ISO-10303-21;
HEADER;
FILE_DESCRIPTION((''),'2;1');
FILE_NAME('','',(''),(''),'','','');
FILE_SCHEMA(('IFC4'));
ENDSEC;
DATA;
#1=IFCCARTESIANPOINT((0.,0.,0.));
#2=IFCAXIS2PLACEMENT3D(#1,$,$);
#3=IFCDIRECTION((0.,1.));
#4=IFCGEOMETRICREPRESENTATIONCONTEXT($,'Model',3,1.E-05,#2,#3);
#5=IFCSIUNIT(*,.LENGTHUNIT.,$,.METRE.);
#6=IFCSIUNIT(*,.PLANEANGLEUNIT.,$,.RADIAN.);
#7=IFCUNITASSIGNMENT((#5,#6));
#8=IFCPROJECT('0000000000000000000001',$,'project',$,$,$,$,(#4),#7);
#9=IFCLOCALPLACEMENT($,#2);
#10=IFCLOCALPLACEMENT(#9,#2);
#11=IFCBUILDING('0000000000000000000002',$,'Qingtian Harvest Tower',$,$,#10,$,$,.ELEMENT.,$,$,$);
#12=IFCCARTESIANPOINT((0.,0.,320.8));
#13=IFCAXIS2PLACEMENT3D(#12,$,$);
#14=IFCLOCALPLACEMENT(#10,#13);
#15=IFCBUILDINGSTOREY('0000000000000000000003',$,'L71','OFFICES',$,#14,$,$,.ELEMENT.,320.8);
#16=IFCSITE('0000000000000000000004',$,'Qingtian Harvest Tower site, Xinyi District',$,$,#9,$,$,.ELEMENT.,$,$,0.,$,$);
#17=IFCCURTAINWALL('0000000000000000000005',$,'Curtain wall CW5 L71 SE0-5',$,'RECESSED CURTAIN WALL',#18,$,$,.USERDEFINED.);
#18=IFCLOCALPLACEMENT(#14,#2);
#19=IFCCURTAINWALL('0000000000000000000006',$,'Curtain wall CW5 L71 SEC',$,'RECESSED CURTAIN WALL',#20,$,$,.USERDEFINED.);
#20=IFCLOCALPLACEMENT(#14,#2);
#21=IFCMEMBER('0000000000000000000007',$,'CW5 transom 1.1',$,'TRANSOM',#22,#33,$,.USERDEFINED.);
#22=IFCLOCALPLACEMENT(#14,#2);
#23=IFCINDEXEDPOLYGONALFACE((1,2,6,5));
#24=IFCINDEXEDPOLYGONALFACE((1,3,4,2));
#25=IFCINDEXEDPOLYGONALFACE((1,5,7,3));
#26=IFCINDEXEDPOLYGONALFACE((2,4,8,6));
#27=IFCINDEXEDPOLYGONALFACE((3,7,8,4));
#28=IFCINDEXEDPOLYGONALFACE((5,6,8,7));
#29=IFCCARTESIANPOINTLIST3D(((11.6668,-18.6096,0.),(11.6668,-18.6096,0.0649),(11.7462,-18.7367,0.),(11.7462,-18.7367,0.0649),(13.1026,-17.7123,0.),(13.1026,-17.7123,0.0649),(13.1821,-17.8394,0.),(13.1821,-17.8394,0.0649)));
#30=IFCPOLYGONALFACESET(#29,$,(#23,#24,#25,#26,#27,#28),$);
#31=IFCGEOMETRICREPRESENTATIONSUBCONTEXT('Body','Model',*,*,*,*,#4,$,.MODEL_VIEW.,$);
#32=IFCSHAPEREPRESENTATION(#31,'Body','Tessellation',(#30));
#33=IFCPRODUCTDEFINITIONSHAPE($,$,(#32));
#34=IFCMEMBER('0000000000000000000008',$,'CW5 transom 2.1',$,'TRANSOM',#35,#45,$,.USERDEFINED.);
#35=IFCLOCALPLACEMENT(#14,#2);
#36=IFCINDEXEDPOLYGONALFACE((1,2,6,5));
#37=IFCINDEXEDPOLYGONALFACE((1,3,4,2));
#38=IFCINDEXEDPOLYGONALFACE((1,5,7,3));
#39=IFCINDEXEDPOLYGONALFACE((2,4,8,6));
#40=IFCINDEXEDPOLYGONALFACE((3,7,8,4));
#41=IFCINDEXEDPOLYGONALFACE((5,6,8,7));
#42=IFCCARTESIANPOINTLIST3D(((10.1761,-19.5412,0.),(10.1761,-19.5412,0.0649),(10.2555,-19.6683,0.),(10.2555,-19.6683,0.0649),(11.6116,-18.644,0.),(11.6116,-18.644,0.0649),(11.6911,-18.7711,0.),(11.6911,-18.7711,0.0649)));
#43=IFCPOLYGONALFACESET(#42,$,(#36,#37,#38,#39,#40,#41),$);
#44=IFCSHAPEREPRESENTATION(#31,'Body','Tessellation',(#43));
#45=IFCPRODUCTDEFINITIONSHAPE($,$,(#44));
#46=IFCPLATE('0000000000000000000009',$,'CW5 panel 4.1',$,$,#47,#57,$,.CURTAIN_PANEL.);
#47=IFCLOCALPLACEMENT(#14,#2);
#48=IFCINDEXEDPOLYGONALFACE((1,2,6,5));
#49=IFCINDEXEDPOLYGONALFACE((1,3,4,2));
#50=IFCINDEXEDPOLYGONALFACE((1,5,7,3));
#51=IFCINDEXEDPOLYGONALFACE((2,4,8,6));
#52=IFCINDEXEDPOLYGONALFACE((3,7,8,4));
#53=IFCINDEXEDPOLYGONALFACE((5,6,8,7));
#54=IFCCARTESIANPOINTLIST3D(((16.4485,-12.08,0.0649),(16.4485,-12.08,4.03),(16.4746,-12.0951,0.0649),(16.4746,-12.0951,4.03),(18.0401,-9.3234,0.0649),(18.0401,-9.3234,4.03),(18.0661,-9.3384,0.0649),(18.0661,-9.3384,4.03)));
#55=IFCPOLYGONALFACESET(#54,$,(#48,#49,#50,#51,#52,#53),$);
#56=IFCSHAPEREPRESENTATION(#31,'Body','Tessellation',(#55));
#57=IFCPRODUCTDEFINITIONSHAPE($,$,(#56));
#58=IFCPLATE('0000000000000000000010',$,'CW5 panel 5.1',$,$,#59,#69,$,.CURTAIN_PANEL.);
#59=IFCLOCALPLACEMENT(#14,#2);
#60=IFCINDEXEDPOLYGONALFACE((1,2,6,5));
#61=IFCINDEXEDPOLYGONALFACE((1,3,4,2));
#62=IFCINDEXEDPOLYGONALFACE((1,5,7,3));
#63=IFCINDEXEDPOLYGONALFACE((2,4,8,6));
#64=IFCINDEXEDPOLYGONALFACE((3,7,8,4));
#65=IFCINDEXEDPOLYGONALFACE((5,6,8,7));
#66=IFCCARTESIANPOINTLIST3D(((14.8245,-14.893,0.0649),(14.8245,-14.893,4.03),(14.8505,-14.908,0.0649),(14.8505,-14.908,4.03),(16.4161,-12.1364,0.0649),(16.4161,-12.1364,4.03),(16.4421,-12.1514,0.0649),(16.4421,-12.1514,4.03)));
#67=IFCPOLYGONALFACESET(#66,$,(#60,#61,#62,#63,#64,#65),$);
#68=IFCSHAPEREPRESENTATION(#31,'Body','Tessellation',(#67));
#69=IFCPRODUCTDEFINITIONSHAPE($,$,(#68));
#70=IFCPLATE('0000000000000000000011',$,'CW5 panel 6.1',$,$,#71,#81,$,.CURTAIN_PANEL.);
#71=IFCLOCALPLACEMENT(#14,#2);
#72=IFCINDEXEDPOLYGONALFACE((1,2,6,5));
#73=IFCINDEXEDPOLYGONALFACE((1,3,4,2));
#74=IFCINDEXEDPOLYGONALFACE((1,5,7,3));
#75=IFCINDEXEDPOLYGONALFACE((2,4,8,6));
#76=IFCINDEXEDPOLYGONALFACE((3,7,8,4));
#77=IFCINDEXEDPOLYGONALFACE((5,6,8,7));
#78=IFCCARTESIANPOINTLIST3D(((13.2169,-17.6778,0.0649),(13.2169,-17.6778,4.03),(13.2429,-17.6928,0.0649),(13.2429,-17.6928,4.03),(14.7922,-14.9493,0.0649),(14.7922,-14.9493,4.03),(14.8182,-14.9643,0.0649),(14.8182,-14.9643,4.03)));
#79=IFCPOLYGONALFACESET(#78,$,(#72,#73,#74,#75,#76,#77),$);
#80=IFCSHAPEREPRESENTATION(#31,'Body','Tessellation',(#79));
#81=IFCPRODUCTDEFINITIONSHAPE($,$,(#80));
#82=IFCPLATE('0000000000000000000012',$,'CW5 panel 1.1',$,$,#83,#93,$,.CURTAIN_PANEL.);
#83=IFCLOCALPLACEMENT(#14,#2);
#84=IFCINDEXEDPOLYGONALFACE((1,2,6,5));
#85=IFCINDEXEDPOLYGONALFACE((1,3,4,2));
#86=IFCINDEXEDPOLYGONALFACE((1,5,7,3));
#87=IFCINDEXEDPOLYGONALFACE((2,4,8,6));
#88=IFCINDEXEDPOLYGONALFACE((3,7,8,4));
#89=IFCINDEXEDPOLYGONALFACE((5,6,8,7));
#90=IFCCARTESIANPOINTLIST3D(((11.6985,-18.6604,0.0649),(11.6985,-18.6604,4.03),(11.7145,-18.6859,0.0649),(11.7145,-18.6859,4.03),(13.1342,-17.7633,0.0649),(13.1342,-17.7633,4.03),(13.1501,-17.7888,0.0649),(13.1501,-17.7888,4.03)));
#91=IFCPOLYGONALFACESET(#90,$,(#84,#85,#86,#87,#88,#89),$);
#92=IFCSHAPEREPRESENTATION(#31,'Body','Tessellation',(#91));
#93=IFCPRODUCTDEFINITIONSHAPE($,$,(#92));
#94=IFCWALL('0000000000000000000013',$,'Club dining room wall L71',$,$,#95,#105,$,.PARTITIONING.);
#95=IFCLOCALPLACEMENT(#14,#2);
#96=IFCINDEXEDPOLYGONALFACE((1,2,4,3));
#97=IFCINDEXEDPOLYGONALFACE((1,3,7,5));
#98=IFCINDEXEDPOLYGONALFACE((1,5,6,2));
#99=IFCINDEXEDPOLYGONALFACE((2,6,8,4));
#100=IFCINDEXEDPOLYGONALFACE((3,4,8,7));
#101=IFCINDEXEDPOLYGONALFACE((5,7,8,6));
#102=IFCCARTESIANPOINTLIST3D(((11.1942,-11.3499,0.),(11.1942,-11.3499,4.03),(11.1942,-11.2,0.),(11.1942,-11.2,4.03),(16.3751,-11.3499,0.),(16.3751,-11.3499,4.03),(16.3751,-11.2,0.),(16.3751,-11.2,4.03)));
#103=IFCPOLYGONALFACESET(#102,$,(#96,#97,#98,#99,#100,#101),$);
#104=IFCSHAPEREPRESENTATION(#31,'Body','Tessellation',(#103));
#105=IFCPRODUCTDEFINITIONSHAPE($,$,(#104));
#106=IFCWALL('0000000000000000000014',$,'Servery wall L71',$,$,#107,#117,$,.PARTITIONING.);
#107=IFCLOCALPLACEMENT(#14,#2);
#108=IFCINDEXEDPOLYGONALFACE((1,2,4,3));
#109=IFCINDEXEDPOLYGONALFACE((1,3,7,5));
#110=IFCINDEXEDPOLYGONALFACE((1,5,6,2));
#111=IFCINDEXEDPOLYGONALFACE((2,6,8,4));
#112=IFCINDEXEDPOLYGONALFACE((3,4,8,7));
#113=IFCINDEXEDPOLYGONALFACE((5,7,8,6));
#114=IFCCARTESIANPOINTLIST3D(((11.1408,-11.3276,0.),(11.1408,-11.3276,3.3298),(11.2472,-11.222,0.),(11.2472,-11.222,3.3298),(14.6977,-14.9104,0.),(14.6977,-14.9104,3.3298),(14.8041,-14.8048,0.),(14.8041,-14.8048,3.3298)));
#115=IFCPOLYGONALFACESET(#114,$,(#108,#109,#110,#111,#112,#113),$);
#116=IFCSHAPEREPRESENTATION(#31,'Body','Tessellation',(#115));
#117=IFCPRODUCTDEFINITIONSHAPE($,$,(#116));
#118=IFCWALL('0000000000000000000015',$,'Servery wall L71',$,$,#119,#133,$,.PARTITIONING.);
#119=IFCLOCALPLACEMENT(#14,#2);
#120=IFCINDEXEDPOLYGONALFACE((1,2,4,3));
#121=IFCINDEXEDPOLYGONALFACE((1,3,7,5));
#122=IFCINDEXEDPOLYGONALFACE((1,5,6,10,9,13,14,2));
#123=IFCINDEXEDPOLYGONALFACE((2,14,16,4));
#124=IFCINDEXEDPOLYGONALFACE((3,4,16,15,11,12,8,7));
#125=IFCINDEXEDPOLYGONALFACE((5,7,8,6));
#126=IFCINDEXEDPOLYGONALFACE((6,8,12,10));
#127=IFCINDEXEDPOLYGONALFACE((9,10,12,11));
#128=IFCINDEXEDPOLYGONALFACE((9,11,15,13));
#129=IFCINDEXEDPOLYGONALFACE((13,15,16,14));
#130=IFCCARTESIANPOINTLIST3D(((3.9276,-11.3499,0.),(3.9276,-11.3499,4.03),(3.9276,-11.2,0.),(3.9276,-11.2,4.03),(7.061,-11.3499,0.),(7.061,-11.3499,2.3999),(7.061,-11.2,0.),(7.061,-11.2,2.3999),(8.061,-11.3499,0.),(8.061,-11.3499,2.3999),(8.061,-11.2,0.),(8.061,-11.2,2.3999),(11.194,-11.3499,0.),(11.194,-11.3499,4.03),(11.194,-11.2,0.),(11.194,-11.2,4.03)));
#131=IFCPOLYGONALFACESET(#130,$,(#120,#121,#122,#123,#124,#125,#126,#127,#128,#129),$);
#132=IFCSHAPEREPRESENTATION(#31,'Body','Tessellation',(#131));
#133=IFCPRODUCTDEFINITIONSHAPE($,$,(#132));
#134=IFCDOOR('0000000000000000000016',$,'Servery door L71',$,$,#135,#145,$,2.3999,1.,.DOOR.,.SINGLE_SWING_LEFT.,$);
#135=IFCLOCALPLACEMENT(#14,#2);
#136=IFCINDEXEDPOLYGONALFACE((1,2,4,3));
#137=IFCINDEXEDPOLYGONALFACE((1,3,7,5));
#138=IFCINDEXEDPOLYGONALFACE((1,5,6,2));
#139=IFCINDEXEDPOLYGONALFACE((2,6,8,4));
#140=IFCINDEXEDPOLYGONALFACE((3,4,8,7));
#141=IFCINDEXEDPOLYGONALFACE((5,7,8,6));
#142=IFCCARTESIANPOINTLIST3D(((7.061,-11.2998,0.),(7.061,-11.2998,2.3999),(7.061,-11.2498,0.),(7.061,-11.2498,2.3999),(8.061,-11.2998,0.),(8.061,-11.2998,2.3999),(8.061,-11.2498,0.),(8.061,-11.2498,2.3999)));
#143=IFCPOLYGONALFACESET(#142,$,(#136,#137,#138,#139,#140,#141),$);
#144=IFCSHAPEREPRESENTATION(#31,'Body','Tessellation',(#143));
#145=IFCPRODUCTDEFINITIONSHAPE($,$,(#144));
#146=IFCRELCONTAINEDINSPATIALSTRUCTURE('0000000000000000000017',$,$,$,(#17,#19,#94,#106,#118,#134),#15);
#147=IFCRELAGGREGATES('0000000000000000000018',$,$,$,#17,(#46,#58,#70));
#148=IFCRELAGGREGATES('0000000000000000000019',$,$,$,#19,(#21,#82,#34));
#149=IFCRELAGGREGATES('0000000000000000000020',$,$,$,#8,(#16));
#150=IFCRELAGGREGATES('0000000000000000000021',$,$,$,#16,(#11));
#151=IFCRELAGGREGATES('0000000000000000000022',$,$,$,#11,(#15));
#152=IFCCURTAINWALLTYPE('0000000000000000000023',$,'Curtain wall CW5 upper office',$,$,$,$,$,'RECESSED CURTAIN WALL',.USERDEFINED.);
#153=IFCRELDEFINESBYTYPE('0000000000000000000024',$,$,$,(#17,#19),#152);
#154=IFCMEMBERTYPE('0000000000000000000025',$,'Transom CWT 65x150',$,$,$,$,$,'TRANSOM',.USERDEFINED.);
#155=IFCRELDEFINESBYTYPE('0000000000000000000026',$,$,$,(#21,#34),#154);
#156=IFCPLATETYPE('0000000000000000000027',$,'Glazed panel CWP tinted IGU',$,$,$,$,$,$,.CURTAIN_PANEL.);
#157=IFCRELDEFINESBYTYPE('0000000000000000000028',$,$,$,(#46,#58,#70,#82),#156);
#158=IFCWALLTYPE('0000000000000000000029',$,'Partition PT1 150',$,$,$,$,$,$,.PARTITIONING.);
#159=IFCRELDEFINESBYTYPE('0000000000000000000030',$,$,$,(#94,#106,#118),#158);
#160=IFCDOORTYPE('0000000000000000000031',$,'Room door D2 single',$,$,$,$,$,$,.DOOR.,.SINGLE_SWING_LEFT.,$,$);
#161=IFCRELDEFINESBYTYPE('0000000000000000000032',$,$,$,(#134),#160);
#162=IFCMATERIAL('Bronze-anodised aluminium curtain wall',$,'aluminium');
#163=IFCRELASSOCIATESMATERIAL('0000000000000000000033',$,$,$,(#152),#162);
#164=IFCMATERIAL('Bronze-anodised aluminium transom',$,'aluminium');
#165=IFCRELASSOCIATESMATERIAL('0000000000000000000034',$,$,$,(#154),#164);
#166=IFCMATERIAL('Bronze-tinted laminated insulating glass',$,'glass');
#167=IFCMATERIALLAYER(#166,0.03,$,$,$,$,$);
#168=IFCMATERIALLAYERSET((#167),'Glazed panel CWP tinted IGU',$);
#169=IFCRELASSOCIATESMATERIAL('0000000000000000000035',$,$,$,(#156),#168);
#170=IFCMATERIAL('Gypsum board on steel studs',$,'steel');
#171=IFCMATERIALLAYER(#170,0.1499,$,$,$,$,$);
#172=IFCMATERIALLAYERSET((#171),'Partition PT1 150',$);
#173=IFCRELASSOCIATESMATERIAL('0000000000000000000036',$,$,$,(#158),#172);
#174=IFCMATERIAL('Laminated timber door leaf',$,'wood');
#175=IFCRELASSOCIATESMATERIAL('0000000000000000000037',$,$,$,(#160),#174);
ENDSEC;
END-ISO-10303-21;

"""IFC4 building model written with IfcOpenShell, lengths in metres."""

from ifc_helpers import new_model, si_unit, direction, frame, frame_2d, origin, origin_2d, place, context, subcontext, project, spatial, rectangle, extrude, material, layer, layer_set, material_profile, profile_set, type_object, element, fill, aggregate, save


model = new_model("IFC4")

# Units and contexts
model_context = context("Model", 3, precision=1e-05, world=origin(), true_north=direction((0.0, 1.0)))
body_context = subcontext(model_context, "Body", "Model", "MODEL_VIEW")
ifc_project = project(units=[si_unit("LENGTHUNIT", "METRE"), si_unit("PLANEANGLEUNIT", "RADIAN")], contexts=[model_context])

# Site, building, storey
site_placement = place(None, origin())
site = spatial("IfcSite", under=ifc_project, at=site_placement, Name="Qingtian Harvest Tower site, Xinyi District", CompositionType="ELEMENT", RefElevation=0.0)
building_placement = place(site_placement, origin())
building = spatial("IfcBuilding", under=site, at=building_placement, Name="Qingtian Harvest Tower", CompositionType="ELEMENT")
storey_placement = place(building_placement, frame((0.0, 0.0, 320.8)))
storey = spatial("IfcBuildingStorey", under=building, at=storey_placement, Name="L71", Description="OFFICES", CompositionType="ELEMENT", Elevation=320.8)

# Curtain walls
ifc_material_1 = material(Name="Bronze-anodised aluminium curtain wall", Category="aluminium")
curtain_wall_type = type_object("IfcCurtainWallType", Name="Curtain wall CW5 upper office", ElementType="RECESSED CURTAIN WALL", PredefinedType="USERDEFINED", material=ifc_material_1)
curtain_wall_1_placement = place(storey_placement, origin())
curtain_wall_1 = element("IfcCurtainWall", 1, at=curtain_wall_1_placement, inside=storey, type_object=curtain_wall_type, Name="Curtain wall CW5 L71 SE0-5", ObjectType="RECESSED CURTAIN WALL", PredefinedType="USERDEFINED")
curtain_wall_2_placement = place(storey_placement, origin())
curtain_wall_2 = element("IfcCurtainWall", 2, at=curtain_wall_2_placement, inside=storey, type_object=curtain_wall_type, Name="Curtain wall CW5 L71 SEC", ObjectType="RECESSED CURTAIN WALL", PredefinedType="USERDEFINED")

# Members
ifc_material_2 = material(Name="Bronze-anodised aluminium transom", Category="aluminium")
ifc_material_profile_1 = material_profile(ifc_material_2, rectangle(XDim=0.1499, YDim=0.0649, at=origin_2d()), Name="AL 65x150")
ifc_profile_set_1 = profile_set([ifc_material_profile_1], Name="Bronze-anodised aluminium transom")
member_type_1 = type_object("IfcMemberType", Name="Transom CWT 65x150", ElementType="TRANSOM", PredefinedType="USERDEFINED", material=ifc_profile_set_1)
member_1_placement = place(storey_placement, frame((13.1423, -17.7759, 0.0325), z_axis=(-0.848039, -0.529934, 0.0), x_axis=(0.529934, -0.848039, 0.0)))
member_1 = element("IfcMember", 3, at=member_1_placement, type_object=member_type_1, Name="CW5 transom 1.1", ObjectType="TRANSOM", PredefinedType="USERDEFINED", context=body_context, shape_type="SweptSolid", body=[
    extrude(rectangle(XDim=0.1499, YDim=0.0649, at=origin_2d()), origin(), (0.0, 0.0, 1.0), 1.6931),
])
member_2_placement = place(storey_placement, frame((11.6514, -18.7075, 0.0325), z_axis=(-0.847998, -0.529999, 0.0), x_axis=(0.529999, -0.847998, 0.0)))
member_2 = element("IfcMember", 4, at=member_2_placement, type_object=member_type_1, Name="CW5 transom 2.1", ObjectType="TRANSOM", PredefinedType="USERDEFINED", context=body_context, shape_type="SweptSolid", body=[
    extrude(rectangle(XDim=0.1499, YDim=0.0649, at=origin_2d()), origin(), (0.0, 0.0, 1.0), 1.6929),
])

# Plates
ifc_material_3 = material(Name="Bronze-tinted laminated insulating glass", Category="glass")
ifc_layer_1 = layer(ifc_material_3, 0.03)
ifc_layer_set_1 = layer_set([ifc_layer_1], Name="Glazed panel CWP tinted IGU")
plate_type = type_object("IfcPlateType", Name="Glazed panel CWP tinted IGU", PredefinedType="CURTAIN_PANEL", material=ifc_layer_set_1)
plate_1_placement = place(storey_placement, frame((17.2573, -10.7092, 0.0649), z_axis=(0.0, 0.0, 1.0), x_axis=(-0.5, -0.866025, 0.0)))
plate_1 = element("IfcPlate", 5, at=plate_1_placement, type_object=plate_type, Name="CW5 panel 4.1", PredefinedType="CURTAIN_PANEL", context=body_context, shape_type="SweptSolid", body=[
    extrude(rectangle(XDim=3.1831, YDim=0.03, at=origin_2d()), origin(), (0.0, 0.0, 1.0), 3.9651),
])
plate_2_placement = place(storey_placement, frame((15.6333, -13.5222, 0.0649), z_axis=(0.0, 0.0, 1.0), x_axis=(-0.5, -0.866025, 0.0)))
plate_2 = element("IfcPlate", 6, at=plate_2_placement, type_object=plate_type, Name="CW5 panel 5.1", PredefinedType="CURTAIN_PANEL", context=body_context, shape_type="SweptSolid", body=[
    extrude(rectangle(XDim=3.1831, YDim=0.03, at=origin_2d()), origin(), (0.0, 0.0, 1.0), 3.9651),
])
plate_3_placement = place(storey_placement, frame((14.0176, -16.321, 0.0649), z_axis=(0.0, 0.0, 1.0), x_axis=(-0.5, -0.866025, 0.0)))
plate_3 = element("IfcPlate", 7, at=plate_3_placement, type_object=plate_type, Name="CW5 panel 6.1", PredefinedType="CURTAIN_PANEL", context=body_context, shape_type="SweptSolid", body=[
    extrude(rectangle(XDim=3.1506, YDim=0.03, at=origin_2d()), origin(), (0.0, 0.0, 1.0), 3.9651),
])
aggregate(curtain_wall_1, [plate_1, plate_2, plate_3])
plate_4_placement = place(storey_placement, frame((12.4243, -18.2246, 0.0649), z_axis=(0.0, 0.0, 1.0), x_axis=(-0.848048, -0.529919, 0.0)))
plate_4 = element("IfcPlate", 8, at=plate_4_placement, type_object=plate_type, Name="CW5 panel 1.1", PredefinedType="CURTAIN_PANEL", context=body_context, shape_type="SweptSolid", body=[
    extrude(rectangle(XDim=1.6929, YDim=0.03, at=origin_2d()), origin(), (0.0, 0.0, 1.0), 3.9651),
])
aggregate(curtain_wall_2, [member_1, plate_4, member_2])

# Walls
ifc_material_4 = material(Name="Gypsum board on steel studs", Category="steel")
ifc_layer_2 = layer(ifc_material_4, 0.1499)
ifc_layer_set_2 = layer_set([ifc_layer_2], Name="Partition PT1 150")
wall_type = type_object("IfcWallType", Name="Partition PT1 150", PredefinedType="PARTITIONING", material=ifc_layer_set_2)
wall_1_placement = place(storey_placement, frame((16.375, -11.2749, 0.0), z_axis=(0.0, 0.0, 1.0), x_axis=(-1.0, 0.0, 0.0)))
element("IfcWall", 9, at=wall_1_placement, inside=storey, type_object=wall_type, Name="Club dining room wall L71", PredefinedType="PARTITIONING", context=body_context, shape_type="SweptSolid", body=[
    extrude(rectangle(XDim=5.1809, YDim=0.1499, at=frame_2d((2.5903, 0.0))), origin(), (0.0, 0.0, 1.0), 4.03),
])
wall_2_placement = place(storey_placement, frame((14.751, -14.8577, 0.0), z_axis=(0.0, 0.0, 1.0), x_axis=(-0.704539, 0.709665, 0.0)))
element("IfcWall", 10, at=wall_2_placement, inside=storey, type_object=wall_type, Name="Servery wall L71", PredefinedType="PARTITIONING", context=body_context, shape_type="SweptSolid", body=[
    extrude(rectangle(XDim=5.0486, YDim=0.1499, at=frame_2d((2.5244, 0.0))), origin(), (0.0, 0.0, 1.0), 3.3298),
])

# Wall, opening, door
wall_3_placement = place(storey_placement, frame((11.1941, -11.2749, 0.0), z_axis=(0.0, 0.0, 1.0), x_axis=(-1.0, 0.0, 0.0)))
wall_3 = element("IfcWall", 11, at=wall_3_placement, inside=storey, type_object=wall_type, Name="Servery wall L71", PredefinedType="PARTITIONING", context=body_context, shape_type="SweptSolid", body=[
    extrude(rectangle(XDim=7.2664, YDim=0.1499, at=frame_2d((3.6333, 0.0))), origin(), (0.0, 0.0, 1.0), 4.03),
])
opening_placement = place(wall_3_placement, frame((3.1331, 0.0, 0.0)))
opening = element("IfcOpeningElement", 12, at=opening_placement, cuts=wall_3, PredefinedType="OPENING", context=body_context, shape_type="SweptSolid", body=[
    extrude(rectangle(XDim=1.0, YDim=2.3999, at=frame_2d((0.5, 1.2))), frame((0.0, 0.085, 0.0), z_axis=(0.0, -1.0, 0.0), x_axis=(1.0, 0.0, 0.0)), (0.0, 0.0, 1.0), 0.1699),
])
ifc_material_5 = material(Name="Laminated timber door leaf", Category="wood")
door_type = type_object("IfcDoorType", Name="Room door D2 single", OperationType="SINGLE_SWING_LEFT", PredefinedType="DOOR", material=ifc_material_5)
door_placement = place(opening_placement, origin())
door = element("IfcDoor", 13, at=door_placement, inside=storey, type_object=door_type, Name="Servery door L71", OperationType="SINGLE_SWING_LEFT", OverallHeight=2.3999, OverallWidth=1.0, PredefinedType="DOOR", context=body_context, shape_type="SweptSolid", body=[
    extrude(rectangle(XDim=1.0, YDim=2.3999, at=frame_2d((0.5, 1.2))), frame((0.0, 0.0249, 0.0), z_axis=(0.0, -1.0, 0.0), x_axis=(1.0, 0.0, 0.0)), (0.0, 0.0, 1.0), 0.05),
])
fill(opening, door)

save(model, "model.ifc")
